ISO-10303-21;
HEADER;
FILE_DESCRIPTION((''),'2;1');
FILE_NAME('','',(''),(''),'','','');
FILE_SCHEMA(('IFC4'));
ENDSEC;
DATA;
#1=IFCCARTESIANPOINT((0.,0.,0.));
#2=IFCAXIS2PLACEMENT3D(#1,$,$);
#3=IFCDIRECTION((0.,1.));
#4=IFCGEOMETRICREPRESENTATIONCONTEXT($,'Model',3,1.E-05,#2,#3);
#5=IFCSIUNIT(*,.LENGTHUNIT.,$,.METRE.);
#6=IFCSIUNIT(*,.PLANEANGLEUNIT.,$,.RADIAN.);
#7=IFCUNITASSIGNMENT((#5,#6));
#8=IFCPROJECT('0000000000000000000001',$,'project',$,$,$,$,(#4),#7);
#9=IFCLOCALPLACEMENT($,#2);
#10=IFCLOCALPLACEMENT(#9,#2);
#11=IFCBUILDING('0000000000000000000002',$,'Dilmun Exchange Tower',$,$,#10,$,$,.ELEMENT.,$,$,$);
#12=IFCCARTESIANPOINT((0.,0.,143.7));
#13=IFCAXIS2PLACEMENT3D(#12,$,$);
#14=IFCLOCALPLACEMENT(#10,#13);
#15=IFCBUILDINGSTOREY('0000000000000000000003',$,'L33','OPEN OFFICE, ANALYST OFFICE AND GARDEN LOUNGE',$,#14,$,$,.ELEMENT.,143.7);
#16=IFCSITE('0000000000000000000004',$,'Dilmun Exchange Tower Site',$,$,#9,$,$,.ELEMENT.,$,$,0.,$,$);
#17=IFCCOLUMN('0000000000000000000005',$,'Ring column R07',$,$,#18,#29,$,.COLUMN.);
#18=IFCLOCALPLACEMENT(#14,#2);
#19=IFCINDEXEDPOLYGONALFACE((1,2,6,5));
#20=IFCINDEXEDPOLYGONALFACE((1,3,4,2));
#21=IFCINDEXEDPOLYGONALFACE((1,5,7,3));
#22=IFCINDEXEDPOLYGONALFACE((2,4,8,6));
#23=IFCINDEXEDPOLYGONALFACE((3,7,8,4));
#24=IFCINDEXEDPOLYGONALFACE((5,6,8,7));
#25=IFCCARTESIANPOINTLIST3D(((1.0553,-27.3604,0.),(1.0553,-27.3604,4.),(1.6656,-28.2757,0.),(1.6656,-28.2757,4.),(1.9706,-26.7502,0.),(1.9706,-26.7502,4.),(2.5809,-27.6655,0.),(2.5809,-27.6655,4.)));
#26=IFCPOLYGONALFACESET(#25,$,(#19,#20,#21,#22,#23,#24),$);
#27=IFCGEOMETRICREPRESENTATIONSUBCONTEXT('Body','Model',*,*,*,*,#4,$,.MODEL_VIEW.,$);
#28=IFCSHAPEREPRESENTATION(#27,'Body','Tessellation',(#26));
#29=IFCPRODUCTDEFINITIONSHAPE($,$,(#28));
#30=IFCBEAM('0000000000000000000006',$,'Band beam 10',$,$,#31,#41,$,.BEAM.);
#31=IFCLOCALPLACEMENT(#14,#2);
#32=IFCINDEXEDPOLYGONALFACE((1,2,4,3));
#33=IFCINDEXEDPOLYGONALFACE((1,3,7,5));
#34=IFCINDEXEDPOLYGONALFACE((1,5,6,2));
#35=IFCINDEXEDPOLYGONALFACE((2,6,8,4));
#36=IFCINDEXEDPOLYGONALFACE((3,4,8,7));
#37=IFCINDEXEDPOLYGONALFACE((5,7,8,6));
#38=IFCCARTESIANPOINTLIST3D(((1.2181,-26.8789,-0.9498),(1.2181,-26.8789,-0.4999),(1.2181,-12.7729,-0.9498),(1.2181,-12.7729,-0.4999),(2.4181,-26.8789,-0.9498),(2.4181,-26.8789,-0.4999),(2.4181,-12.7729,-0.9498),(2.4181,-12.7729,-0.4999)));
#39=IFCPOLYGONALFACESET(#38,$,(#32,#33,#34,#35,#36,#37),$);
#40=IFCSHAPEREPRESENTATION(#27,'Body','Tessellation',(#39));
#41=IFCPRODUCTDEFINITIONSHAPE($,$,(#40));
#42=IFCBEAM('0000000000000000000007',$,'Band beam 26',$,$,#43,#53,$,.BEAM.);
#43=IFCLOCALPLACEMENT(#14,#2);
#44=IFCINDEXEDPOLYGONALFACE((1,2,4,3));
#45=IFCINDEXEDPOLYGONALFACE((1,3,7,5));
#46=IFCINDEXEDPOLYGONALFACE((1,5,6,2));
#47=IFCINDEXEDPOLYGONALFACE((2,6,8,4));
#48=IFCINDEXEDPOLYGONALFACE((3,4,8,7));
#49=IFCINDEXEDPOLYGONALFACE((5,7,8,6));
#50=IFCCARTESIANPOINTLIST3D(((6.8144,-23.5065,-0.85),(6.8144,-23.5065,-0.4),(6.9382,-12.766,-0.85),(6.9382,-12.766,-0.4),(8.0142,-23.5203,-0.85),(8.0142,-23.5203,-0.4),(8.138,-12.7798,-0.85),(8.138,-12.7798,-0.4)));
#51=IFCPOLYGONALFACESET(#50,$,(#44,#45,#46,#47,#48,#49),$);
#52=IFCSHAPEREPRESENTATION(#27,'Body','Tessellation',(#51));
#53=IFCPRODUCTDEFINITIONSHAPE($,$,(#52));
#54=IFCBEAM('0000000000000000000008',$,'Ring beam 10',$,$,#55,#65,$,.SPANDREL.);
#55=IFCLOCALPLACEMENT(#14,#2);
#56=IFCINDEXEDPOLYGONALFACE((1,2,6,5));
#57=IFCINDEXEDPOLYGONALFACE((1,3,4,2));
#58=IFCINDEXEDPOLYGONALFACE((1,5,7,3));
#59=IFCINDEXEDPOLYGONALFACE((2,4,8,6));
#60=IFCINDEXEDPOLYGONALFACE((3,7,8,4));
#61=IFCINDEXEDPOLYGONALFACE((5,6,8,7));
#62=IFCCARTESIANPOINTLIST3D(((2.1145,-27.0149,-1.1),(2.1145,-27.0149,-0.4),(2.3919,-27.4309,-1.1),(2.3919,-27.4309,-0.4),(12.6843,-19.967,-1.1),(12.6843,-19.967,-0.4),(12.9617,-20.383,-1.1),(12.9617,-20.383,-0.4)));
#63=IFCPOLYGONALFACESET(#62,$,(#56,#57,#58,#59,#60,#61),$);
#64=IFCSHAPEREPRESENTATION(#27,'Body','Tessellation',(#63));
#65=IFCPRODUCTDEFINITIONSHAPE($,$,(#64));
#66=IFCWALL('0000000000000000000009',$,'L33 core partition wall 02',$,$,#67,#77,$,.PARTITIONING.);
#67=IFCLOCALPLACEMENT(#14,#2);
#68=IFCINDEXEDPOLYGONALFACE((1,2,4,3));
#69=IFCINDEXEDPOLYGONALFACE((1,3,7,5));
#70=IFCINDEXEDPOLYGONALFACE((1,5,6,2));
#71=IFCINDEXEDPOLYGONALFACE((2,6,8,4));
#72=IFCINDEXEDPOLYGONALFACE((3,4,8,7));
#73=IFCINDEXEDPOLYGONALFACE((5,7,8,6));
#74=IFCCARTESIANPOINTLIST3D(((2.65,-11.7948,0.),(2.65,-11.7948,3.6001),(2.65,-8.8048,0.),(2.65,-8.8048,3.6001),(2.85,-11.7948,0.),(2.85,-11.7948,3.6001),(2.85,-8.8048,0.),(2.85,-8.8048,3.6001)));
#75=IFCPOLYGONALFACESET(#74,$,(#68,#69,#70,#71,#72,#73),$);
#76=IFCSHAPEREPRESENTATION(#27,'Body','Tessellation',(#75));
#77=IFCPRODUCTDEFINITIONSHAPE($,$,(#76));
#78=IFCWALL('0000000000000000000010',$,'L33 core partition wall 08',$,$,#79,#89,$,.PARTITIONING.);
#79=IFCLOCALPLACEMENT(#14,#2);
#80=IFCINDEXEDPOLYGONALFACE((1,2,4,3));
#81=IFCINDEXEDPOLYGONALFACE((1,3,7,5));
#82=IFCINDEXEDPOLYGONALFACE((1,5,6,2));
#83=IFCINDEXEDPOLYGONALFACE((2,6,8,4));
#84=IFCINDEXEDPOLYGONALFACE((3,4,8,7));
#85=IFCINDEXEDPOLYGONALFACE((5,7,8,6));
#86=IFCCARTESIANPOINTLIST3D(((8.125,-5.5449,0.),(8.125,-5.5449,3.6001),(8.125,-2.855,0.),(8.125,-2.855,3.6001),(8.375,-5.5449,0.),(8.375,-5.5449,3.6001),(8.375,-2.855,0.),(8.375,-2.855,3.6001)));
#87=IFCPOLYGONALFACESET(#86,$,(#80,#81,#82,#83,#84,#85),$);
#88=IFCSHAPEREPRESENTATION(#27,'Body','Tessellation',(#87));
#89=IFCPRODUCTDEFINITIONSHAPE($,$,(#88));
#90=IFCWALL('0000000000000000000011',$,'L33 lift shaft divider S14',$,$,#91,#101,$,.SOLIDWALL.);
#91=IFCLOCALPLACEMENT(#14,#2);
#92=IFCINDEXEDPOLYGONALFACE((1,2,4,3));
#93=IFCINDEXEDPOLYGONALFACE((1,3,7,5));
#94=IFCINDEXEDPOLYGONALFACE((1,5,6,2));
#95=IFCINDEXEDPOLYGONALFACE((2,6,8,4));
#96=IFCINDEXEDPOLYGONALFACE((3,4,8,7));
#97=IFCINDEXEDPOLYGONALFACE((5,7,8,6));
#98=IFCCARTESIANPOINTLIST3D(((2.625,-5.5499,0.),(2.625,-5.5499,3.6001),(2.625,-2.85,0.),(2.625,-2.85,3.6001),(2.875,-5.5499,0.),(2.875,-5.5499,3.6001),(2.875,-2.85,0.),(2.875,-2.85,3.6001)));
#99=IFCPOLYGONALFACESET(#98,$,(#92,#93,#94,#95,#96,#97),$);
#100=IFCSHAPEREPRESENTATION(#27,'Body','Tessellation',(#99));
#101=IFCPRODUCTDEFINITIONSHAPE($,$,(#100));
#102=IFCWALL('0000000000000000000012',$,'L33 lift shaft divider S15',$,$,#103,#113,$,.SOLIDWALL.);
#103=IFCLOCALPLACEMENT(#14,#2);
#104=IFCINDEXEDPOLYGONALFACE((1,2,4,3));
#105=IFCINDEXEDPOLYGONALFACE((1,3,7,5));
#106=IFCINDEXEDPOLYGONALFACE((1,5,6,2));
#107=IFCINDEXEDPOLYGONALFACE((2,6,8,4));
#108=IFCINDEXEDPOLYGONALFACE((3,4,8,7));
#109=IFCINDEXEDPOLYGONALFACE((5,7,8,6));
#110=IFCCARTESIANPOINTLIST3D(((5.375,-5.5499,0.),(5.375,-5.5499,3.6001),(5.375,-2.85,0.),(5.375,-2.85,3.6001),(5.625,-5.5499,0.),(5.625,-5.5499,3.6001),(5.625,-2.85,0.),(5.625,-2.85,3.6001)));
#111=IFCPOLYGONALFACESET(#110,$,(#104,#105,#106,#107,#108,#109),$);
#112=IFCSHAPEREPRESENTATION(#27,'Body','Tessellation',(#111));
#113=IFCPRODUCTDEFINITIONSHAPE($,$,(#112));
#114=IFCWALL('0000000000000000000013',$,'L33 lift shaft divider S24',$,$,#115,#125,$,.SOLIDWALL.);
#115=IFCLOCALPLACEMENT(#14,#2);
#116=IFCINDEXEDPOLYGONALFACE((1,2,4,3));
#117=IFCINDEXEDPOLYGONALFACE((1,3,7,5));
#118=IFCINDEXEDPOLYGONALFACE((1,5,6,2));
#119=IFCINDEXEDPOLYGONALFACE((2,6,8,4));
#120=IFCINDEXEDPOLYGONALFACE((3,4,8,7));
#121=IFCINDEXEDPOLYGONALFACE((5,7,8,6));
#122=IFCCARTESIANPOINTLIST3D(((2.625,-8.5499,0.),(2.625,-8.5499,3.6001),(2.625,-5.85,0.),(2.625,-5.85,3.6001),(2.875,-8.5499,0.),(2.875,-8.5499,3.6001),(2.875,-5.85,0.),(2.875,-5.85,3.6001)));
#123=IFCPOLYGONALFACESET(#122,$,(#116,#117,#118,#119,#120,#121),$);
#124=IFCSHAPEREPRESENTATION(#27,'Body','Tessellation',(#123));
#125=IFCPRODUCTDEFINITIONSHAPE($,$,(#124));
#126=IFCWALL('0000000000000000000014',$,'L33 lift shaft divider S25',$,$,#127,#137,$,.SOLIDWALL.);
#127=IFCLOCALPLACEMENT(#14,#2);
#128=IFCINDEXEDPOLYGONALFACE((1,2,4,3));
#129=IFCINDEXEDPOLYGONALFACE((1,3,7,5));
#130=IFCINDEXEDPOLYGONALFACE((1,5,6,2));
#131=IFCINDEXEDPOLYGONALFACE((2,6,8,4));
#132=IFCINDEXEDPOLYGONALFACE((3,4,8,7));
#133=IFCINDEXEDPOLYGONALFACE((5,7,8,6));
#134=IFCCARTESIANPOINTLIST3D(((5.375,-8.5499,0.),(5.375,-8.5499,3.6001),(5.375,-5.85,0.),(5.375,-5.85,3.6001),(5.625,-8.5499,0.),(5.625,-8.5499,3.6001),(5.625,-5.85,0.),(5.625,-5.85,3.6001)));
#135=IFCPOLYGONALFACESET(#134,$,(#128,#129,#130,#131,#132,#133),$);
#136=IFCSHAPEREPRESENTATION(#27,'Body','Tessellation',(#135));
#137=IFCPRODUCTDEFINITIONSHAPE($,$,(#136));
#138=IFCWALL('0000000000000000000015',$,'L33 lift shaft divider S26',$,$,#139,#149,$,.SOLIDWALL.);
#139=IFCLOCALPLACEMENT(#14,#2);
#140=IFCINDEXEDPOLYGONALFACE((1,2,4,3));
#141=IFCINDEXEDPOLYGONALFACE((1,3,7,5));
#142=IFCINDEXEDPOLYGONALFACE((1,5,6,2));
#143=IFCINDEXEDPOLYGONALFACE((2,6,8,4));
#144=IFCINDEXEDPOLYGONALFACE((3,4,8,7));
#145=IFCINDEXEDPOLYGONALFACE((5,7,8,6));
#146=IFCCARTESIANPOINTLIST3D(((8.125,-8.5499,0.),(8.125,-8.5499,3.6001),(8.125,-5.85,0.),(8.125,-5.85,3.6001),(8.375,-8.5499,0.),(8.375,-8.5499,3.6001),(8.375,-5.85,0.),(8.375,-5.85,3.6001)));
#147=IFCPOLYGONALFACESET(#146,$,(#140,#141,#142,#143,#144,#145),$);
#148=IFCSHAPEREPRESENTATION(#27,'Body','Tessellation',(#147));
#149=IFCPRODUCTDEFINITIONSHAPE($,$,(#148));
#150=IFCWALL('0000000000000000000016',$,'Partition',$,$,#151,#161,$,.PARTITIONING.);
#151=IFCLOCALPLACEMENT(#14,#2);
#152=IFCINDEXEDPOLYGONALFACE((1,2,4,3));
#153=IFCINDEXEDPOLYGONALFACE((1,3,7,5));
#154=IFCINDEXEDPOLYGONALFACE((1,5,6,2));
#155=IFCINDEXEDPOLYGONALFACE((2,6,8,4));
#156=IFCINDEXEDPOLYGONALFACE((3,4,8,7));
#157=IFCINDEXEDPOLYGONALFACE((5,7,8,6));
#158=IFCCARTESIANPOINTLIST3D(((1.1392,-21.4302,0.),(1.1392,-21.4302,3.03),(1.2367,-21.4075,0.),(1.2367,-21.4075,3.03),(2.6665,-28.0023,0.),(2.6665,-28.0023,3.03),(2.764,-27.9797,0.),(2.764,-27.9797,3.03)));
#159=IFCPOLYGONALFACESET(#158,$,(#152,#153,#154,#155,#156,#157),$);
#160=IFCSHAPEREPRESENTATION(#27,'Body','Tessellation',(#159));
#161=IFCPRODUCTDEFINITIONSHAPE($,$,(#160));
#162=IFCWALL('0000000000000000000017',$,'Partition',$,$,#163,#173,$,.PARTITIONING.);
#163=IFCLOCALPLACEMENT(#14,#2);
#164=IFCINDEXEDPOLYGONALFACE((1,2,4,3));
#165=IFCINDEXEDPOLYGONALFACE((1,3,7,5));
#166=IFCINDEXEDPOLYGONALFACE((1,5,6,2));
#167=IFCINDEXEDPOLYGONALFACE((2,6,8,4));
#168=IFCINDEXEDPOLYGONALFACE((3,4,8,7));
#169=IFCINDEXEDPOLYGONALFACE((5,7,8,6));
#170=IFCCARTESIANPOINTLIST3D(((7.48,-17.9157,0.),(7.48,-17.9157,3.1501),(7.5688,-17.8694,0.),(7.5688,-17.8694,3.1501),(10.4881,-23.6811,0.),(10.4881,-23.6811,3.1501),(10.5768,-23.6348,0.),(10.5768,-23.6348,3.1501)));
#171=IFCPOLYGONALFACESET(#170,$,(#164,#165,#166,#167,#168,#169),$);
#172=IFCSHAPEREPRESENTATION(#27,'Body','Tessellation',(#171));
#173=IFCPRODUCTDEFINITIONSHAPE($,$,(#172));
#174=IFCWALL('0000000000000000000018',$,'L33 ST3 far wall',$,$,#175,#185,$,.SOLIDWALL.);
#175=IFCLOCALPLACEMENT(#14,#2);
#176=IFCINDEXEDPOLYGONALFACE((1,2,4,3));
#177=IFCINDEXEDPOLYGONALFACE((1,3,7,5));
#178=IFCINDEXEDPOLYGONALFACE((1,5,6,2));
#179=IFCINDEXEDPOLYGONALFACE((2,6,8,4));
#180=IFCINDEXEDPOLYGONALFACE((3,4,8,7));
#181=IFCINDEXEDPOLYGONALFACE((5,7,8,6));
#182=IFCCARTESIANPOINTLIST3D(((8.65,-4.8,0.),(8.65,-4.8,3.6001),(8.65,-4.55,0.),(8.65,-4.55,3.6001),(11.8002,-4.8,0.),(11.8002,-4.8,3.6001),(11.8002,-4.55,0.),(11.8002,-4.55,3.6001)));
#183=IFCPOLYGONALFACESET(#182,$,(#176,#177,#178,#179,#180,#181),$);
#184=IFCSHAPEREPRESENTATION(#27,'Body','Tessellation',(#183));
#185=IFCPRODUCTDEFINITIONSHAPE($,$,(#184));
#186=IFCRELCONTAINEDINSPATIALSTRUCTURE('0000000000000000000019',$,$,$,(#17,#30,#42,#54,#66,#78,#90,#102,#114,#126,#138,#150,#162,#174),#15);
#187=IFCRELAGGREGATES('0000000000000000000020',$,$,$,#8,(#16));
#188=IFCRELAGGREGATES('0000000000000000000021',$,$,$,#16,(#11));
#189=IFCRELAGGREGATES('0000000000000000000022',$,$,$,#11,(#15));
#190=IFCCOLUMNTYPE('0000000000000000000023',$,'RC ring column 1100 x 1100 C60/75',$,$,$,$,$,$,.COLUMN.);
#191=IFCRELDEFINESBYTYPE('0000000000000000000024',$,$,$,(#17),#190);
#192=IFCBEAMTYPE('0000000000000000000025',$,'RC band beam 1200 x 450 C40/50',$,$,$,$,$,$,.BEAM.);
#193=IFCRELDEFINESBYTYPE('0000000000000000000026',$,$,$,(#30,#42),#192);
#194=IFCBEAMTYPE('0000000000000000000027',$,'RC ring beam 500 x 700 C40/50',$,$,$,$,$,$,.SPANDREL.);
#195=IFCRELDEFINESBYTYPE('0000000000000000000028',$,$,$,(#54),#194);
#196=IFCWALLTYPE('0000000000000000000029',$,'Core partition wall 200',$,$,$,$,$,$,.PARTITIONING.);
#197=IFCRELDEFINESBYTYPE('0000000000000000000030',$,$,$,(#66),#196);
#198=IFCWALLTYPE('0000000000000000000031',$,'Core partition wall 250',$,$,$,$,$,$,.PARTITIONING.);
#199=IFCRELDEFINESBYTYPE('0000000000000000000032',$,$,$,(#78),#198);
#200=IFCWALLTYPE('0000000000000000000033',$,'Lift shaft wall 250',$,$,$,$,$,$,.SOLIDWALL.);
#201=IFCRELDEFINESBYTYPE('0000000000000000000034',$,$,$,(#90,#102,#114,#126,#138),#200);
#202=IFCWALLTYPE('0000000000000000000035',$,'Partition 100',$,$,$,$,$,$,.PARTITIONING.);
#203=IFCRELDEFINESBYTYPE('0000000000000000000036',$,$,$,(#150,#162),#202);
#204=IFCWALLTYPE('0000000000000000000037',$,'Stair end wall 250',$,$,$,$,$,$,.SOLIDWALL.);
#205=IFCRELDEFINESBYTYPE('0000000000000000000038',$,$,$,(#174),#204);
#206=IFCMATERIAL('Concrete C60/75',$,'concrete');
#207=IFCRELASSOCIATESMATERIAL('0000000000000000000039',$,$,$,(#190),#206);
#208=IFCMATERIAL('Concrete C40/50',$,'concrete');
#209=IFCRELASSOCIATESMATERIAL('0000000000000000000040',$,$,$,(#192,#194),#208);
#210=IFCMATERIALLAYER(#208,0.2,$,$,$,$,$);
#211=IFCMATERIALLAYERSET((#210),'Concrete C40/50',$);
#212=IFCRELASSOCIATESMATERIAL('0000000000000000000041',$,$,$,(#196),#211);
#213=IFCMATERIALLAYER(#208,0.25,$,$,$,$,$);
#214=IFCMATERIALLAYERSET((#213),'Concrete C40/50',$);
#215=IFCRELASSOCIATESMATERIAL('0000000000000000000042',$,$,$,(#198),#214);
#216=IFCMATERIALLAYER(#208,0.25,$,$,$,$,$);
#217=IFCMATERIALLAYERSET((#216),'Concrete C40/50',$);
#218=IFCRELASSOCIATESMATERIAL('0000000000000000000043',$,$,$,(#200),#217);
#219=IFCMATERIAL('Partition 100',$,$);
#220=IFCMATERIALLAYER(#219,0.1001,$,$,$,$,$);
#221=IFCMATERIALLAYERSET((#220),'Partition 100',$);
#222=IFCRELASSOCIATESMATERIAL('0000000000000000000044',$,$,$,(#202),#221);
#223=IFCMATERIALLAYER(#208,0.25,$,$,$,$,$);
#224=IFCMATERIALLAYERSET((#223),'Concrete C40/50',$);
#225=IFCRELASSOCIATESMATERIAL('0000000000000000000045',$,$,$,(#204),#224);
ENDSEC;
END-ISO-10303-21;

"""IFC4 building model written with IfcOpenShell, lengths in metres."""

from ifc_helpers import new_model, si_unit, direction, frame, frame_2d, origin, origin_2d, place, context, subcontext, project, spatial, rectangle, extrude, material, layer, layer_set, material_profile, profile_set, type_object, element, save


model = new_model("IFC4")

# Units and contexts
model_context = context("Model", 3, precision=1e-05, world=origin(), true_north=direction((0.0, 1.0)))
body_context = subcontext(model_context, "Body", "Model", "MODEL_VIEW")
ifc_project = project(units=[si_unit("LENGTHUNIT", "METRE"), si_unit("PLANEANGLEUNIT", "RADIAN")], contexts=[model_context])

# Site, building, storey
site_placement = place(None, origin())
site = spatial("IfcSite", under=ifc_project, at=site_placement, Name="Dilmun Exchange Tower Site", CompositionType="ELEMENT", RefElevation=0.0)
building_placement = place(site_placement, origin())
building = spatial("IfcBuilding", under=site, at=building_placement, Name="Dilmun Exchange Tower", CompositionType="ELEMENT")
storey_placement = place(building_placement, frame((0.0, 0.0, 143.7)))
storey = spatial("IfcBuildingStorey", under=building, at=storey_placement, Name="L33", Description="OPEN OFFICE, ANALYST OFFICE AND GARDEN LOUNGE", CompositionType="ELEMENT", Elevation=143.7)

# Column
ifc_material_1 = material(Name="Concrete C60/75", Category="concrete")
ifc_material_profile_1 = material_profile(ifc_material_1, rectangle(XDim=1.1001, YDim=1.1001, at=origin_2d()), Name="1100 x 1100")
ifc_profile_set_1 = profile_set([ifc_material_profile_1], Name="Concrete C60/75")
column_type = type_object("IfcColumnType", Name="RC ring column 1100 x 1100 C60/75", PredefinedType="COLUMN", material=ifc_profile_set_1)
column_placement = place(storey_placement, frame((1.8181, -27.5129, 0.0), z_axis=(0.0, 0.0, 1.0), x_axis=(0.832029, 0.554733, 0.0)))
element("IfcColumn", 1, at=column_placement, inside=storey, type_object=column_type, Name="Ring column R07", PredefinedType="COLUMN", context=body_context, shape_type="SweptSolid", body=[
    extrude(rectangle(XDim=1.1001, YDim=1.1001, at=origin_2d()), origin(), (0.0, 0.0, 1.0), 4.0),
])

# Beams
ifc_material_2 = material(Name="Concrete C40/50", Category="concrete")
ifc_material_profile_2 = material_profile(ifc_material_2, rectangle(XDim=1.2, YDim=0.45, at=origin_2d()), Name="1200 x 450")
ifc_profile_set_2 = profile_set([ifc_material_profile_2], Name="Concrete C40/50")
beam_type_1 = type_object("IfcBeamType", Name="RC band beam 1200 x 450 C40/50", PredefinedType="BEAM", material=ifc_profile_set_2)
beam_1_placement = place(storey_placement, frame((1.8181, -26.8789, -0.7249), z_axis=(0.0, 1.0, 0.0), x_axis=(-1.0, 0.0, 0.0)))
element("IfcBeam", 2, at=beam_1_placement, inside=storey, type_object=beam_type_1, Name="Band beam 10", PredefinedType="BEAM", context=body_context, shape_type="SweptSolid", body=[
    extrude(rectangle(XDim=1.2, YDim=0.45, at=origin_2d()), origin(), (0.0, 0.0, 1.0), 14.106),
])
beam_2_placement = place(storey_placement, frame((7.4143, -23.5134, -0.625), z_axis=(0.011524, 0.999934, 0.0), x_axis=(-0.999934, 0.011524, 0.0)))
element("IfcBeam", 3, at=beam_2_placement, inside=storey, type_object=beam_type_1, Name="Band beam 26", PredefinedType="BEAM", context=body_context, shape_type="SweptSolid", body=[
    extrude(rectangle(XDim=1.2, YDim=0.45, at=origin_2d()), origin(), (0.0, 0.0, 1.0), 10.7412),
])
ifc_material_profile_3 = material_profile(ifc_material_2, rectangle(XDim=0.5, YDim=0.7, at=origin_2d()), Name="500 x 700")
ifc_profile_set_3 = profile_set([ifc_material_profile_3], Name="Concrete C40/50")
beam_type_2 = type_object("IfcBeamType", Name="RC ring beam 500 x 700 C40/50", PredefinedType="SPANDREL", material=ifc_profile_set_3)
beam_3_placement = place(storey_placement, frame((2.2532, -27.2229, -0.75), z_axis=(0.832003, 0.554771, 0.0), x_axis=(-0.554771, 0.832003, 0.0)))
element("IfcBeam", 4, at=beam_3_placement, inside=storey, type_object=beam_type_2, Name="Ring beam 10", PredefinedType="SPANDREL", context=body_context, shape_type="SweptSolid", body=[
    extrude(rectangle(XDim=0.5, YDim=0.7, at=origin_2d()), origin(), (0.0, 0.0, 1.0), 12.7041),
])

# Walls
ifc_layer_1 = layer(ifc_material_2, 0.2)
ifc_layer_set_1 = layer_set([ifc_layer_1], Name="Concrete C40/50")
wall_type_1 = type_object("IfcWallType", Name="Core partition wall 200", PredefinedType="PARTITIONING", material=ifc_layer_set_1)
wall_1_placement = place(storey_placement, frame((2.75, -11.7949, 0.0), z_axis=(0.0, 0.0, 1.0), x_axis=(0.0, 1.0, 0.0)))
element("IfcWall", 5, at=wall_1_placement, inside=storey, type_object=wall_type_1, Name="L33 core partition wall 02", PredefinedType="PARTITIONING", context=body_context, shape_type="SweptSolid", body=[
    extrude(rectangle(XDim=2.99, YDim=0.2, at=frame_2d((1.4951, 0.0))), origin(), (0.0, 0.0, 1.0), 3.6001),
])
ifc_layer_2 = layer(ifc_material_2, 0.25)
ifc_layer_set_2 = layer_set([ifc_layer_2], Name="Concrete C40/50")
wall_type_2 = type_object("IfcWallType", Name="Core partition wall 250", PredefinedType="PARTITIONING", material=ifc_layer_set_2)
wall_2_placement = place(storey_placement, frame((8.25, -5.5449, 0.0), z_axis=(0.0, 0.0, 1.0), x_axis=(0.0, 1.0, 0.0)))
element("IfcWall", 6, at=wall_2_placement, inside=storey, type_object=wall_type_2, Name="L33 core partition wall 08", PredefinedType="PARTITIONING", context=body_context, shape_type="SweptSolid", body=[
    extrude(rectangle(XDim=2.6899, YDim=0.25, at=frame_2d((1.345, 0.0))), origin(), (0.0, 0.0, 1.0), 3.6001),
])
ifc_layer_3 = layer(ifc_material_2, 0.25)
ifc_layer_set_3 = layer_set([ifc_layer_3], Name="Concrete C40/50")
wall_type_3 = type_object("IfcWallType", Name="Lift shaft wall 250", PredefinedType="SOLIDWALL", material=ifc_layer_set_3)
for number, where, z_axis, x_axis, name in (
    (7, (2.75, -5.55, 0.0), (0.0, 0.0, 1.0), (0.0, 1.0, 0.0), "L33 lift shaft divider S14"),
    (8, (5.5, -5.55, 0.0), (0.0, 0.0, 1.0), (0.0, 1.0, 0.0), "L33 lift shaft divider S15"),
    (9, (2.75, -8.55, 0.0), (0.0, 0.0, 1.0), (0.0, 1.0, 0.0), "L33 lift shaft divider S24"),
    (10, (5.5, -8.55, 0.0), (0.0, 0.0, 1.0), (0.0, 1.0, 0.0), "L33 lift shaft divider S25"),
    (11, (8.25, -8.55, 0.0), (0.0, 0.0, 1.0), (0.0, 1.0, 0.0), "L33 lift shaft divider S26"),
):
    element("IfcWall", number, at=place(storey_placement, frame(where, z_axis=z_axis, x_axis=x_axis)), inside=storey, type_object=wall_type_3, Name=name, PredefinedType="SOLIDWALL", context=body_context, shape_type="SweptSolid", body=[
        extrude(rectangle(XDim=2.7, YDim=0.25, at=frame_2d((1.3501, 0.0))), origin(), (0.0, 0.0, 1.0), 3.6001),
    ])
ifc_material_3 = material(Name="Partition 100")
ifc_layer_4 = layer(ifc_material_3, 0.1001)
ifc_layer_set_4 = layer_set([ifc_layer_4], Name="Partition 100")
wall_type_4 = type_object("IfcWallType", Name="Partition 100", PredefinedType="PARTITIONING", material=ifc_layer_set_4)
wall_3_placement = place(storey_placement, frame((1.188, -21.4189, 0.0), z_axis=(0.0, 0.0, 1.0), x_axis=(0.22636, -0.974044, 0.0)))
element("IfcWall", 12, at=wall_3_placement, inside=storey, type_object=wall_type_4, Name="Partition", PredefinedType="PARTITIONING", context=body_context, shape_type="SweptSolid", body=[
    extrude(rectangle(XDim=6.7473, YDim=0.1001, at=frame_2d((3.3735, 0.0))), origin(), (0.0, 0.0, 1.0), 3.03),
])
wall_4_placement = place(storey_placement, frame((7.5244, -17.8926, 0.0), z_axis=(0.0, 0.0, 1.0), x_axis=(0.46257, -0.886583, 0.0)))
element("IfcWall", 13, at=wall_4_placement, inside=storey, type_object=wall_type_4, Name="Partition", PredefinedType="PARTITIONING", context=body_context, shape_type="SweptSolid", body=[
    extrude(rectangle(XDim=6.5029, YDim=0.1001, at=frame_2d((3.2515, 0.0))), origin(), (0.0, 0.0, 1.0), 3.1501),
])
ifc_layer_5 = layer(ifc_material_2, 0.25)
ifc_layer_set_5 = layer_set([ifc_layer_5], Name="Concrete C40/50")
wall_type_5 = type_object("IfcWallType", Name="Stair end wall 250", PredefinedType="SOLIDWALL", material=ifc_layer_set_5)
wall_5_placement = place(storey_placement, frame((8.6499, -4.675, 0.0), z_axis=(0.0, 0.0, 1.0), x_axis=(1.0, 0.0, 0.0)))
element("IfcWall", 14, at=wall_5_placement, inside=storey, type_object=wall_type_5, Name="L33 ST3 far wall", PredefinedType="SOLIDWALL", context=body_context, shape_type="SweptSolid", body=[
    extrude(rectangle(XDim=3.1501, YDim=0.25, at=frame_2d((1.5752, 0.0))), origin(), (0.0, 0.0, 1.0), 3.6001),
])

save(model, "model.ifc")
